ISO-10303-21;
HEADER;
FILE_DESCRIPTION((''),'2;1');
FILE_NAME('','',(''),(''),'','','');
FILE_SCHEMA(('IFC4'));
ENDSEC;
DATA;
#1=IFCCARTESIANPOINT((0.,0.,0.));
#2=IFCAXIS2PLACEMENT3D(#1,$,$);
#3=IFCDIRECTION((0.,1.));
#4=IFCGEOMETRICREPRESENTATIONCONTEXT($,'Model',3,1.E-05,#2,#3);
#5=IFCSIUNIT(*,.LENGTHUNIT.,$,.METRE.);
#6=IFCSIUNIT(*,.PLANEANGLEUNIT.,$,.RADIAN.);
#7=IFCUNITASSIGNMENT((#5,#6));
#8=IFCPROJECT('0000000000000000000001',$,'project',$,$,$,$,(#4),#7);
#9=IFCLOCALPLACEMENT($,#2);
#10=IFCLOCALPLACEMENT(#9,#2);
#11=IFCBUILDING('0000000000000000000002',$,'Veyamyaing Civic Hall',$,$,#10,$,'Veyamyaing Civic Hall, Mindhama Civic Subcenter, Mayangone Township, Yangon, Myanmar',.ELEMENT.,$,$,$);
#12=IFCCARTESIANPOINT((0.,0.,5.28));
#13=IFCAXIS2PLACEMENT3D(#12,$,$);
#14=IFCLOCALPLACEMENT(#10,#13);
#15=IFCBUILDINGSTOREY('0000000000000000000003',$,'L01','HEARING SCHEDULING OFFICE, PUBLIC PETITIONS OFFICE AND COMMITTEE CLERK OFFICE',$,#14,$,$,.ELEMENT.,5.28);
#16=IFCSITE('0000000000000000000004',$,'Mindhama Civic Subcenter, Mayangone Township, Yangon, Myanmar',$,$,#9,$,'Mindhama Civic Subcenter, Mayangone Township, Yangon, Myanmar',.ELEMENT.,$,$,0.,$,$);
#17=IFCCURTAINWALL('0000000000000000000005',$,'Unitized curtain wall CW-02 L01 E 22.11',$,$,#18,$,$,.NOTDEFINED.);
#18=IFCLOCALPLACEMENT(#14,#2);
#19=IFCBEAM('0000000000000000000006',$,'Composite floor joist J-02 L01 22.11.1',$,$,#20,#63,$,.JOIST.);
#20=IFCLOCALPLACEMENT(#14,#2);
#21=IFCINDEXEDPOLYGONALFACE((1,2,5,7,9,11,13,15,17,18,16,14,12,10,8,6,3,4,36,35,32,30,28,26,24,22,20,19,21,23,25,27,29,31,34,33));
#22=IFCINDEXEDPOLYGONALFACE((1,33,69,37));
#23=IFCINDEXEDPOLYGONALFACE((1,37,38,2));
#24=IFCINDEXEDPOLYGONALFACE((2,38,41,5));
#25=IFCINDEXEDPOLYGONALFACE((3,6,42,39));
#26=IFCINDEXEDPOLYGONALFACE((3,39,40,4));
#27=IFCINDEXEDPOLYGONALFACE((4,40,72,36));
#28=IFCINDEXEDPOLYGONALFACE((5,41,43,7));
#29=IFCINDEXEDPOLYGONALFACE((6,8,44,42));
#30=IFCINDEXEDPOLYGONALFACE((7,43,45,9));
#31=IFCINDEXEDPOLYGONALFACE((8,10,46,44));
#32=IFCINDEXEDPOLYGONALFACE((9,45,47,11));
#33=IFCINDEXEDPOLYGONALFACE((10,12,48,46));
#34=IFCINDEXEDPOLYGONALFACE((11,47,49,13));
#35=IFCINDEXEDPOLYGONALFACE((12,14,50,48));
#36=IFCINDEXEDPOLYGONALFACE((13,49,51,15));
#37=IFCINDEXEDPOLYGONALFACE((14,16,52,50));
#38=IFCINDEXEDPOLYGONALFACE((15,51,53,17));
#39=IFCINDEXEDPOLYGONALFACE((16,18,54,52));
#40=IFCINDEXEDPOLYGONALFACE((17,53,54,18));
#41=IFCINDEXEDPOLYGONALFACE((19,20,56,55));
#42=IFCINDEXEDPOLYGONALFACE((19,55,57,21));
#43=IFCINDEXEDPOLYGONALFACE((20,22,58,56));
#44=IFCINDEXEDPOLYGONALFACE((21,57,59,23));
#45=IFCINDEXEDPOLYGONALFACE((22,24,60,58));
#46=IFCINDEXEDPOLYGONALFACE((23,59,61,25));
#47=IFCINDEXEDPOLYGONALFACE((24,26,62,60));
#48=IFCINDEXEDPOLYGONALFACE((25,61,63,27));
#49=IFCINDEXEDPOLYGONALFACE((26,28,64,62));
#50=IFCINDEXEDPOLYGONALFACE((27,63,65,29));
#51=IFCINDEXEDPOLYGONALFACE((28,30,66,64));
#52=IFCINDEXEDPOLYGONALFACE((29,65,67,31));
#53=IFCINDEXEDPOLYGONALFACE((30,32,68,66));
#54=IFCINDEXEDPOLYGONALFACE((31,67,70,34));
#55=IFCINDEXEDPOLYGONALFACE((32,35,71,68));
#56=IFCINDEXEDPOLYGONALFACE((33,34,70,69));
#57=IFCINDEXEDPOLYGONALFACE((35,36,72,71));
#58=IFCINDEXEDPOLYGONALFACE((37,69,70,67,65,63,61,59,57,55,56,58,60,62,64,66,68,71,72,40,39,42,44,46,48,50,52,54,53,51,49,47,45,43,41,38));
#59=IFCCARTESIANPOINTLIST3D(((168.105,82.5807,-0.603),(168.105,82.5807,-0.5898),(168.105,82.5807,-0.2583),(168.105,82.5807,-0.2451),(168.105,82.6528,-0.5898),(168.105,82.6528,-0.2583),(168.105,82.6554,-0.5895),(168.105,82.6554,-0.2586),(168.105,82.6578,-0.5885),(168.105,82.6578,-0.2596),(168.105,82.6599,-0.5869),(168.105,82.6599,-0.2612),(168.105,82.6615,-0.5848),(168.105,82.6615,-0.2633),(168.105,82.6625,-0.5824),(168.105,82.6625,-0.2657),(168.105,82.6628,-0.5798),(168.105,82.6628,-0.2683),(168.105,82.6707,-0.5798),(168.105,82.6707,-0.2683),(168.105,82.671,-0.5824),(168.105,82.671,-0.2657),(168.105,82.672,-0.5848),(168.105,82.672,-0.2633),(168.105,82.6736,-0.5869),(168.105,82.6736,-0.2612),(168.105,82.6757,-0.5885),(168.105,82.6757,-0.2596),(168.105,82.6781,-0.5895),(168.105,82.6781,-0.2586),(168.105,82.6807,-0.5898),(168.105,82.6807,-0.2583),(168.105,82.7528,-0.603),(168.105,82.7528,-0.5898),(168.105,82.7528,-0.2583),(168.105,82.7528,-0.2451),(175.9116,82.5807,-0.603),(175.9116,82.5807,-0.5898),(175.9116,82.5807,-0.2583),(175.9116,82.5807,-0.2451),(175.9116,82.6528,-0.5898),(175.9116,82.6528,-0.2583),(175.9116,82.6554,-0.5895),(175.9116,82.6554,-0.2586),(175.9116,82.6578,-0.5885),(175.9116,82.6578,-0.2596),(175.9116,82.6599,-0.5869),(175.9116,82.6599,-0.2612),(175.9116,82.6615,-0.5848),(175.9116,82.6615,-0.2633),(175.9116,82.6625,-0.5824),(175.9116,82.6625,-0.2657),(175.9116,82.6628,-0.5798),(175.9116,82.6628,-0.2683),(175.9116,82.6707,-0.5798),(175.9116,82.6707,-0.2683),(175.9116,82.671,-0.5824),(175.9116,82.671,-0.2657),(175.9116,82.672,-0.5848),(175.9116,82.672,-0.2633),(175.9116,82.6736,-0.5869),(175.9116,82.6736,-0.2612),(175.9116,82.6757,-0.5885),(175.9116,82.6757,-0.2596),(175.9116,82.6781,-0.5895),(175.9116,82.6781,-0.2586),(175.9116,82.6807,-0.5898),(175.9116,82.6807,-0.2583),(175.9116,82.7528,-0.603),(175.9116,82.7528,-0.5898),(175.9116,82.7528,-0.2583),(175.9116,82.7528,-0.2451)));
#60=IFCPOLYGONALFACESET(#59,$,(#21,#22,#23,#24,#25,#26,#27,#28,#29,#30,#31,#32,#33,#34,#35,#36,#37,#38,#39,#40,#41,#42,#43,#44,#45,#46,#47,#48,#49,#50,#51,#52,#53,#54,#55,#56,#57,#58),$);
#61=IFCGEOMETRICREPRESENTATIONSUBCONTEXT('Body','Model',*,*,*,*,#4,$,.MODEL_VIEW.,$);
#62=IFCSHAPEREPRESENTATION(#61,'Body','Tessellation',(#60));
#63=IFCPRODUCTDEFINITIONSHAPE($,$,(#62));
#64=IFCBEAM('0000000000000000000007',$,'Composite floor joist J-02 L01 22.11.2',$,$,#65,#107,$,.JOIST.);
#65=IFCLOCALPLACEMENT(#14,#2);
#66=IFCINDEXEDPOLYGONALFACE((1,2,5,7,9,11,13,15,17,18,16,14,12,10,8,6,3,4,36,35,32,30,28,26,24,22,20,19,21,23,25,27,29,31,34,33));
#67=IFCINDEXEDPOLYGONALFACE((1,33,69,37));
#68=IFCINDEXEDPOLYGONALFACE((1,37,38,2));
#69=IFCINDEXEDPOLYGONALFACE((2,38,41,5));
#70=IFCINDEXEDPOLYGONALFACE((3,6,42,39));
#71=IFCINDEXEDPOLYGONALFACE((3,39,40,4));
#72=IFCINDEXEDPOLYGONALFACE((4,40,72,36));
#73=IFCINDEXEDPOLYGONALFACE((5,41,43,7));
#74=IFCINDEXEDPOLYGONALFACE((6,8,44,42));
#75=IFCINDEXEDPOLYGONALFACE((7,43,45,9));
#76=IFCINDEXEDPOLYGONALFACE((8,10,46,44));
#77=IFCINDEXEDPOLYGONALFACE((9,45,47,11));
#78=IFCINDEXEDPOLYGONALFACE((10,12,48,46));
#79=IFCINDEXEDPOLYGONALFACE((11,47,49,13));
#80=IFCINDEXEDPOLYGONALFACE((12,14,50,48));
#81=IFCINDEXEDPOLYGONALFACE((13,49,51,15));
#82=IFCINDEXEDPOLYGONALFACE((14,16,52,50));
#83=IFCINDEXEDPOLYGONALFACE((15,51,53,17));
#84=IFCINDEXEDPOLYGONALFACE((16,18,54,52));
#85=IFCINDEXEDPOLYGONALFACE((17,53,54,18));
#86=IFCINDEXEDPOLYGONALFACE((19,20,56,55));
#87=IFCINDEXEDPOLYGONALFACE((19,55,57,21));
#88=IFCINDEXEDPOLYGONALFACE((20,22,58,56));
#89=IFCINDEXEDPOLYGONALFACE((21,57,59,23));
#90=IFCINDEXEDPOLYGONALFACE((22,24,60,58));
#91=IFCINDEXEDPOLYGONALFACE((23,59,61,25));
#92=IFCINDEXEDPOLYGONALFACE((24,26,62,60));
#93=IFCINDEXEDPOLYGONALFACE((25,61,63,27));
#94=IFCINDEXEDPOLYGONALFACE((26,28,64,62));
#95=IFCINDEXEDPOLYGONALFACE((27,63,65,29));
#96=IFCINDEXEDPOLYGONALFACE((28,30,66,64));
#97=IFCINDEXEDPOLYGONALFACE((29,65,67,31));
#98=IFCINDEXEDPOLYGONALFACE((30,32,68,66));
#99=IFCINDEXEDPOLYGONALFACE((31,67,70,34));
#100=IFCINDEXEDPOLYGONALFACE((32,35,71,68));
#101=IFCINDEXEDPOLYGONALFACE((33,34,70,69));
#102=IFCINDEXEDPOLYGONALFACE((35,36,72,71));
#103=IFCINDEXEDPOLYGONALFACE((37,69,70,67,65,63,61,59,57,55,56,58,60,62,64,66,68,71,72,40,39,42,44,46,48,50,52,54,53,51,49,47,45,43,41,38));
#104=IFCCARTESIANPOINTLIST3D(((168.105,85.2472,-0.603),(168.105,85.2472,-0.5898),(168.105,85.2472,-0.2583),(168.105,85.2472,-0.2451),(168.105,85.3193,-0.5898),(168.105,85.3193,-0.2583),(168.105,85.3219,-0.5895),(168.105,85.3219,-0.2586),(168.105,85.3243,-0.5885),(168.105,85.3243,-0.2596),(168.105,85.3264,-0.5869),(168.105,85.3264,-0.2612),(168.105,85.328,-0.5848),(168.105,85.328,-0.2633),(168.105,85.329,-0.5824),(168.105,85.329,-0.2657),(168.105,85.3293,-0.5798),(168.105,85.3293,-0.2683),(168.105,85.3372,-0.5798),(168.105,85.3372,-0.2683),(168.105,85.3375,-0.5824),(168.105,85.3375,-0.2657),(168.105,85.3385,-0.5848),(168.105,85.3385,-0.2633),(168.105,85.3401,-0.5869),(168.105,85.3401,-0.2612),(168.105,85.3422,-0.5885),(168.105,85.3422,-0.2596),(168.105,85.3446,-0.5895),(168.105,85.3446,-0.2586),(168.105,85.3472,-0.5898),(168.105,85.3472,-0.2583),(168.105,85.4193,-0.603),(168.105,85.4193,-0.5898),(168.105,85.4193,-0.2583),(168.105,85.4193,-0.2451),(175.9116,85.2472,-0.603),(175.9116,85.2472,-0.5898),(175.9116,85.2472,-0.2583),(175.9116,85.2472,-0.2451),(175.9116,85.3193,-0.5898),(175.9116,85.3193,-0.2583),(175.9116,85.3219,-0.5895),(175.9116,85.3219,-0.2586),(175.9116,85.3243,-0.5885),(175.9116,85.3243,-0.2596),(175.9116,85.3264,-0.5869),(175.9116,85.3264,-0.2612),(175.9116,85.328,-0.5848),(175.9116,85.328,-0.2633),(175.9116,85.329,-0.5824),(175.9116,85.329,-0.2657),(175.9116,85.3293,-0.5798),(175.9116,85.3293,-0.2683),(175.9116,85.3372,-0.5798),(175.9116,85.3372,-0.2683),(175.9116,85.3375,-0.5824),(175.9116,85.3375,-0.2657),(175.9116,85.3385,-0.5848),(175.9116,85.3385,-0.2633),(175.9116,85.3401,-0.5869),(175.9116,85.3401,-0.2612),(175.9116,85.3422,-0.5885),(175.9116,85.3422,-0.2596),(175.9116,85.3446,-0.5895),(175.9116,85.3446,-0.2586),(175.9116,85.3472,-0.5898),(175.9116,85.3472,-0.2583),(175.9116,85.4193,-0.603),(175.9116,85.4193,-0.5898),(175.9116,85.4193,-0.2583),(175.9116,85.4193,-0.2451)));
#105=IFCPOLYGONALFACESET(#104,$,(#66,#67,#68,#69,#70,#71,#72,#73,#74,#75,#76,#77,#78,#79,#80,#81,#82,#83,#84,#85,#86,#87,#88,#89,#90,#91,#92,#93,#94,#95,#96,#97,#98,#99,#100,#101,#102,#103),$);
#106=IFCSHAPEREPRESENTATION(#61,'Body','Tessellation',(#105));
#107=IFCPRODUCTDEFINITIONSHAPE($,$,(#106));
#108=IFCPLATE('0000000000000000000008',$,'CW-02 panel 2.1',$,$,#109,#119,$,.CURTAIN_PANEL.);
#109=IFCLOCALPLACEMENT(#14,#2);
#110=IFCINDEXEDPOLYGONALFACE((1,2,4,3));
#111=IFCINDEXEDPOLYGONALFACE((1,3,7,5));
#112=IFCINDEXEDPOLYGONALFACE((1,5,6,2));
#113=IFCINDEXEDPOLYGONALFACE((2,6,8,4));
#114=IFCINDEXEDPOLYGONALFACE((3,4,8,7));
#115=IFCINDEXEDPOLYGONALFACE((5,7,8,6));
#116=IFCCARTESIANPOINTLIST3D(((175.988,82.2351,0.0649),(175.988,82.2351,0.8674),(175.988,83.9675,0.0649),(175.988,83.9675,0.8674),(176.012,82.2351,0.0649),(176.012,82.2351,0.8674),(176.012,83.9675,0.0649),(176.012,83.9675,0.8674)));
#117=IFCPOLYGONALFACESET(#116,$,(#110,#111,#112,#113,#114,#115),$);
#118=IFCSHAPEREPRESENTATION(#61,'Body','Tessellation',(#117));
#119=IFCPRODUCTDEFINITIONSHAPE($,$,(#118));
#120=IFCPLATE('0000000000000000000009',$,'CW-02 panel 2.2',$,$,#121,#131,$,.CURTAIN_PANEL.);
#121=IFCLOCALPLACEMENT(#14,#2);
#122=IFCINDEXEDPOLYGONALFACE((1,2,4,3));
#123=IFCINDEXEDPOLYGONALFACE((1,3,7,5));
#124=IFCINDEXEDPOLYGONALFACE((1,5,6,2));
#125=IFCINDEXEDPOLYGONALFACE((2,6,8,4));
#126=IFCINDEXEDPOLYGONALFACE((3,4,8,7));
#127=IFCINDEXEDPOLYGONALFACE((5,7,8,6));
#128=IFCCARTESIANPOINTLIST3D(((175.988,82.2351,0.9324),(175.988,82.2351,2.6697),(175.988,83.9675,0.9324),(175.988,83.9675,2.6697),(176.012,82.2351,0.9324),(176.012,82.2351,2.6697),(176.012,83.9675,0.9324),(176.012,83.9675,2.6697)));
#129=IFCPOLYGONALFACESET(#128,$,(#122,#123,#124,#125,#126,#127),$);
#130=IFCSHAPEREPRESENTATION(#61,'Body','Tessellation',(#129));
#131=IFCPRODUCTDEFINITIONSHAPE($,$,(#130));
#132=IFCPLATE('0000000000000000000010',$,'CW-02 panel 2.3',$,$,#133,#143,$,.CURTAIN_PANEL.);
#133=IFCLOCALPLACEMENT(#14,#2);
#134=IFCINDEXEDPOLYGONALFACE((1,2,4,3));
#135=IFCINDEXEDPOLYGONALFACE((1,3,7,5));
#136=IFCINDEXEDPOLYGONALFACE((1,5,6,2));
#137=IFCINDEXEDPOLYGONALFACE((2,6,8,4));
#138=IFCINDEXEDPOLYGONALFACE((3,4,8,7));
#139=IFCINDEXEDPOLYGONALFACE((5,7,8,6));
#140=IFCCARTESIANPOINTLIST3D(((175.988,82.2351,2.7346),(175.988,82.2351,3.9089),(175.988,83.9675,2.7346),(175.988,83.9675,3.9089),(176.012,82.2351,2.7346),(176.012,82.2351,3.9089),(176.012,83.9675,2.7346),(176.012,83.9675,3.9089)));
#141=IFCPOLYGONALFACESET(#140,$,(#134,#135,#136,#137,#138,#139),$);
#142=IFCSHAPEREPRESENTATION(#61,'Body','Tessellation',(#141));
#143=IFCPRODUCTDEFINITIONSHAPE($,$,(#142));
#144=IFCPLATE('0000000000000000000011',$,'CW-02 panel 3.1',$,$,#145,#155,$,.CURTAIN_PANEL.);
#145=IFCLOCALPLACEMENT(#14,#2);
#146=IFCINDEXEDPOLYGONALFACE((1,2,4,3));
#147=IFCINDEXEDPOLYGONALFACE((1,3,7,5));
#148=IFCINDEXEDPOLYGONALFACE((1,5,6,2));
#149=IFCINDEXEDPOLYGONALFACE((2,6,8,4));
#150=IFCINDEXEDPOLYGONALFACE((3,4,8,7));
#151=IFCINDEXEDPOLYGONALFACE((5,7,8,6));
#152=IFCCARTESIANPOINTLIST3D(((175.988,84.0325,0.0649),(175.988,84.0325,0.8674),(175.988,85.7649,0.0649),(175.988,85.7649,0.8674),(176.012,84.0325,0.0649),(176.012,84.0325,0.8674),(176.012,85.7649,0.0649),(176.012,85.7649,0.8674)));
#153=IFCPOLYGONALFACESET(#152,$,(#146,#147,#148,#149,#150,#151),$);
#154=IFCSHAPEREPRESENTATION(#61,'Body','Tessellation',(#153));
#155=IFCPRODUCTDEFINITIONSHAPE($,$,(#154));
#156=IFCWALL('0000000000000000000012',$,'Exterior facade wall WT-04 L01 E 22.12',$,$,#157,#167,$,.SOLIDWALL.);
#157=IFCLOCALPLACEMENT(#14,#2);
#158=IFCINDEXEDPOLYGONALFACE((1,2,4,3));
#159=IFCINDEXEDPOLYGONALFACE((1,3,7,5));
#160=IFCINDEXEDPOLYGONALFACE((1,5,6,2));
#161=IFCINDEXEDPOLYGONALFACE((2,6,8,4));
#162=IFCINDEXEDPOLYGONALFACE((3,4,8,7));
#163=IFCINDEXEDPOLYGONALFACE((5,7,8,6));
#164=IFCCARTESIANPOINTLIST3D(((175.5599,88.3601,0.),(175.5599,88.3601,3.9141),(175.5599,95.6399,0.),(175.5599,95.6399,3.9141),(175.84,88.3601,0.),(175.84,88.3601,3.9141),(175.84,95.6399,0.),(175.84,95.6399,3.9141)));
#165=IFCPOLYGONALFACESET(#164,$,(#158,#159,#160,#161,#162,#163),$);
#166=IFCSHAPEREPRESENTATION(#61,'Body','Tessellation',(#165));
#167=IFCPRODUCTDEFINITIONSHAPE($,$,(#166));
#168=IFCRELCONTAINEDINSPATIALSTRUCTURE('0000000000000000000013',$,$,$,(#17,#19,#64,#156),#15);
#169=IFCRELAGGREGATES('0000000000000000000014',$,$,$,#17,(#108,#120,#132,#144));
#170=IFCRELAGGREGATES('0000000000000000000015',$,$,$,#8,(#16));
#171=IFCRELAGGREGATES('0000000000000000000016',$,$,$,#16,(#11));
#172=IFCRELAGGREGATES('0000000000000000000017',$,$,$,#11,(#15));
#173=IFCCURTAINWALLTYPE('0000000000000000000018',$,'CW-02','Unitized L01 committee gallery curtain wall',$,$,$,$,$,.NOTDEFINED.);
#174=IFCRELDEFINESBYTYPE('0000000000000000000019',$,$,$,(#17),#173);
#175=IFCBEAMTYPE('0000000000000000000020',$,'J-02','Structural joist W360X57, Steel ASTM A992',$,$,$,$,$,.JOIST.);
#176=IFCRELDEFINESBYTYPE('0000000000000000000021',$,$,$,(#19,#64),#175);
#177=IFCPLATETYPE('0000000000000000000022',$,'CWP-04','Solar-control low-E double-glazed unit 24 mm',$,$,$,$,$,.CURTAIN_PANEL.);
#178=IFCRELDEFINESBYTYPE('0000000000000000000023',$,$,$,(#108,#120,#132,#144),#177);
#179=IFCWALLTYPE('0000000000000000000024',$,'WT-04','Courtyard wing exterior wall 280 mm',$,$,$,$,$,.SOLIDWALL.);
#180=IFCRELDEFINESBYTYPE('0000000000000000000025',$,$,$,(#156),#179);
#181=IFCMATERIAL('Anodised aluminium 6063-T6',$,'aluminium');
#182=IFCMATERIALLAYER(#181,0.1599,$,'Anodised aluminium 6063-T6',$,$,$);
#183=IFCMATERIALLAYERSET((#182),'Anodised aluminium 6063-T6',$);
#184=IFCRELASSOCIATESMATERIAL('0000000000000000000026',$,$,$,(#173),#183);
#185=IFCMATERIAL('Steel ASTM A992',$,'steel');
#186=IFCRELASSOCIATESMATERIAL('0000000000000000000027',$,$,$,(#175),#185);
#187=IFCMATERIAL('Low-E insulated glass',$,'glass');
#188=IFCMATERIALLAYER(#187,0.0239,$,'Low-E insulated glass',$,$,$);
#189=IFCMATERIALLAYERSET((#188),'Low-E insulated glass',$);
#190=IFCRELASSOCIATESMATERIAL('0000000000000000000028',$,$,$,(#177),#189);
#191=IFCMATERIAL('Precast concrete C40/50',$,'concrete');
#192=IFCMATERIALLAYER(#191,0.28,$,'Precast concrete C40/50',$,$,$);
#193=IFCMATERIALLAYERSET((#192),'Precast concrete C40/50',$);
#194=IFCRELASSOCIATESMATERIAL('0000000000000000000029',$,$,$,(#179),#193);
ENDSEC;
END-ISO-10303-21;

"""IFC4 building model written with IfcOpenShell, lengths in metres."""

from ifc_helpers import new_model, si_unit, direction, frame, frame_2d, origin, origin_2d, place, context, subcontext, project, spatial, rectangle, i_section, extrude, material, layer, layer_set, material_profile, profile_set, type_object, element, aggregate, save


model = new_model("IFC4")

# Units and contexts
model_context = context("Model", 3, precision=1e-05, world=origin(), true_north=direction((0.0, 1.0)))
body_context = subcontext(model_context, "Body", "Model", "MODEL_VIEW")
ifc_project = project(units=[si_unit("LENGTHUNIT", "METRE"), si_unit("PLANEANGLEUNIT", "RADIAN")], contexts=[model_context])

# Site, building, storey
site_placement = place(None, origin())
site = spatial("IfcSite", under=ifc_project, at=site_placement, Name="Mindhama Civic Subcenter, Mayangone Township, Yangon, Myanmar", LongName="Mindhama Civic Subcenter, Mayangone Township, Yangon, Myanmar", CompositionType="ELEMENT", RefElevation=0.0)
building_placement = place(site_placement, origin())
building = spatial("IfcBuilding", under=site, at=building_placement, Name="Veyamyaing Civic Hall", LongName="Veyamyaing Civic Hall, Mindhama Civic Subcenter, Mayangone Township, Yangon, Myanmar", CompositionType="ELEMENT")
storey_placement = place(building_placement, frame((0.0, 0.0, 5.28)))
storey = spatial("IfcBuildingStorey", under=building, at=storey_placement, Name="L01", Description="HEARING SCHEDULING OFFICE, PUBLIC PETITIONS OFFICE AND COMMITTEE CLERK OFFICE", CompositionType="ELEMENT", Elevation=5.28)

# Shared definitions
ifc_material_1 = material(Name="Steel ASTM A992", Category="steel")

# Curtain wall
ifc_material_2 = material(Name="Anodised aluminium 6063-T6", Category="aluminium")
ifc_layer_1 = layer(ifc_material_2, 0.1599, Name="Anodised aluminium 6063-T6")
ifc_layer_set_1 = layer_set([ifc_layer_1], Name="Anodised aluminium 6063-T6")
curtain_wall_type = type_object("IfcCurtainWallType", Name="CW-02", Description="Unitized L01 committee gallery curtain wall", PredefinedType="NOTDEFINED", material=ifc_layer_set_1)
curtain_wall_placement = place(storey_placement, origin())
curtain_wall = element("IfcCurtainWall", 1, at=curtain_wall_placement, inside=storey, type_object=curtain_wall_type, Name="Unitized curtain wall CW-02 L01 E 22.11", PredefinedType="NOTDEFINED")

# Beams
ifc_material_profile_1 = material_profile(ifc_material_1, i_section(OverallWidth=0.1721, OverallDepth=0.3579, WebThickness=0.0078, FlangeThickness=0.0132, FilletRadius=0.01, at=origin_2d()), Name="W360X57")
ifc_profile_set_1 = profile_set([ifc_material_profile_1], Name="Steel ASTM A992")
beam_type_1 = type_object("IfcBeamType", Name="J-02", Description="Structural joist W360X57, Steel ASTM A992", PredefinedType="JOIST", material=ifc_profile_set_1)
for number, where, z_axis, x_axis, name in (
    (2, (168.105, 82.6667, -0.4241), (1.0, 0.0, 0.0), (0.0, 1.0, 0.0), "Composite floor joist J-02 L01 22.11.1"),
    (3, (168.105, 85.3333, -0.4241), (1.0, 0.0, 0.0), (0.0, 1.0, 0.0), "Composite floor joist J-02 L01 22.11.2"),
):
    element("IfcBeam", number, at=place(storey_placement, frame(where, z_axis=z_axis, x_axis=x_axis)), inside=storey, type_object=beam_type_1, Name=name, PredefinedType="JOIST", context=body_context, shape_type="SweptSolid", body=[
        extrude(i_section(OverallWidth=0.1721, OverallDepth=0.3579, WebThickness=0.0078, FlangeThickness=0.0132, FilletRadius=0.01, at=origin_2d()), origin(), (0.0, 0.0, 1.0), 7.8066),
    ])

# Plates
ifc_material_3 = material(Name="Low-E insulated glass", Category="glass")
ifc_layer_2 = layer(ifc_material_3, 0.0239, Name="Low-E insulated glass")
ifc_layer_set_2 = layer_set([ifc_layer_2], Name="Low-E insulated glass")
plate_type = type_object("IfcPlateType", Name="CWP-04", Description="Solar-control low-E double-glazed unit 24 mm", PredefinedType="CURTAIN_PANEL", material=ifc_layer_set_2)
plate_1_placement = place(storey_placement, frame((176.0, 83.1013, 0.0649), z_axis=(0.0, 0.0, 1.0), x_axis=(0.0, 1.0, 0.0)))
plate_1 = element("IfcPlate", 4, at=plate_1_placement, type_object=plate_type, Name="CW-02 panel 2.1", PredefinedType="CURTAIN_PANEL", context=body_context, shape_type="SweptSolid", body=[
    extrude(rectangle(XDim=1.7324, YDim=0.0239, at=origin_2d()), origin(), (0.0, 0.0, 1.0), 0.8025),
])
plate_2_placement = place(storey_placement, frame((176.0, 83.1013, 0.9324), z_axis=(0.0, 0.0, 1.0), x_axis=(0.0, 1.0, 0.0)))
plate_2 = element("IfcPlate", 5, at=plate_2_placement, type_object=plate_type, Name="CW-02 panel 2.2", PredefinedType="CURTAIN_PANEL", context=body_context, shape_type="SweptSolid", body=[
    extrude(rectangle(XDim=1.7324, YDim=0.0239, at=origin_2d()), origin(), (0.0, 0.0, 1.0), 1.7373),
])
plate_3_placement = place(storey_placement, frame((176.0, 83.1013, 2.7346), z_axis=(0.0, 0.0, 1.0), x_axis=(0.0, 1.0, 0.0)))
plate_3 = element("IfcPlate", 6, at=plate_3_placement, type_object=plate_type, Name="CW-02 panel 2.3", PredefinedType="CURTAIN_PANEL", context=body_context, shape_type="SweptSolid", body=[
    extrude(rectangle(XDim=1.7324, YDim=0.0239, at=origin_2d()), origin(), (0.0, 0.0, 1.0), 1.1743),
])
plate_4_placement = place(storey_placement, frame((176.0, 84.8987, 0.0649), z_axis=(0.0, 0.0, 1.0), x_axis=(0.0, 1.0, 0.0)))
plate_4 = element("IfcPlate", 7, at=plate_4_placement, type_object=plate_type, Name="CW-02 panel 3.1", PredefinedType="CURTAIN_PANEL", context=body_context, shape_type="SweptSolid", body=[
    extrude(rectangle(XDim=1.7324, YDim=0.0239, at=origin_2d()), origin(), (0.0, 0.0, 1.0), 0.8025),
])
aggregate(curtain_wall, [plate_1, plate_2, plate_3, plate_4])

# Wall
ifc_material_4 = material(Name="Precast concrete C40/50", Category="concrete")
ifc_layer_3 = layer(ifc_material_4, 0.28, Name="Precast concrete C40/50")
ifc_layer_set_3 = layer_set([ifc_layer_3], Name="Precast concrete C40/50")
wall_type_1 = type_object("IfcWallType", Name="WT-04", Description="Courtyard wing exterior wall 280 mm", PredefinedType="SOLIDWALL", material=ifc_layer_set_3)
wall_1_placement = place(storey_placement, frame((175.7, 88.3601, 0.0), z_axis=(0.0, 0.0, 1.0), x_axis=(0.0, 1.0, 0.0)))
element("IfcWall", 8, at=wall_1_placement, inside=storey, type_object=wall_type_1, Name="Exterior facade wall WT-04 L01 E 22.12", PredefinedType="SOLIDWALL", context=body_context, shape_type="SweptSolid", body=[
    extrude(rectangle(XDim=7.2798, YDim=0.28, at=frame_2d((3.6399, 0.0))), origin(), (0.0, 0.0, 1.0), 3.9141),
])

save(model, "model.ifc")
